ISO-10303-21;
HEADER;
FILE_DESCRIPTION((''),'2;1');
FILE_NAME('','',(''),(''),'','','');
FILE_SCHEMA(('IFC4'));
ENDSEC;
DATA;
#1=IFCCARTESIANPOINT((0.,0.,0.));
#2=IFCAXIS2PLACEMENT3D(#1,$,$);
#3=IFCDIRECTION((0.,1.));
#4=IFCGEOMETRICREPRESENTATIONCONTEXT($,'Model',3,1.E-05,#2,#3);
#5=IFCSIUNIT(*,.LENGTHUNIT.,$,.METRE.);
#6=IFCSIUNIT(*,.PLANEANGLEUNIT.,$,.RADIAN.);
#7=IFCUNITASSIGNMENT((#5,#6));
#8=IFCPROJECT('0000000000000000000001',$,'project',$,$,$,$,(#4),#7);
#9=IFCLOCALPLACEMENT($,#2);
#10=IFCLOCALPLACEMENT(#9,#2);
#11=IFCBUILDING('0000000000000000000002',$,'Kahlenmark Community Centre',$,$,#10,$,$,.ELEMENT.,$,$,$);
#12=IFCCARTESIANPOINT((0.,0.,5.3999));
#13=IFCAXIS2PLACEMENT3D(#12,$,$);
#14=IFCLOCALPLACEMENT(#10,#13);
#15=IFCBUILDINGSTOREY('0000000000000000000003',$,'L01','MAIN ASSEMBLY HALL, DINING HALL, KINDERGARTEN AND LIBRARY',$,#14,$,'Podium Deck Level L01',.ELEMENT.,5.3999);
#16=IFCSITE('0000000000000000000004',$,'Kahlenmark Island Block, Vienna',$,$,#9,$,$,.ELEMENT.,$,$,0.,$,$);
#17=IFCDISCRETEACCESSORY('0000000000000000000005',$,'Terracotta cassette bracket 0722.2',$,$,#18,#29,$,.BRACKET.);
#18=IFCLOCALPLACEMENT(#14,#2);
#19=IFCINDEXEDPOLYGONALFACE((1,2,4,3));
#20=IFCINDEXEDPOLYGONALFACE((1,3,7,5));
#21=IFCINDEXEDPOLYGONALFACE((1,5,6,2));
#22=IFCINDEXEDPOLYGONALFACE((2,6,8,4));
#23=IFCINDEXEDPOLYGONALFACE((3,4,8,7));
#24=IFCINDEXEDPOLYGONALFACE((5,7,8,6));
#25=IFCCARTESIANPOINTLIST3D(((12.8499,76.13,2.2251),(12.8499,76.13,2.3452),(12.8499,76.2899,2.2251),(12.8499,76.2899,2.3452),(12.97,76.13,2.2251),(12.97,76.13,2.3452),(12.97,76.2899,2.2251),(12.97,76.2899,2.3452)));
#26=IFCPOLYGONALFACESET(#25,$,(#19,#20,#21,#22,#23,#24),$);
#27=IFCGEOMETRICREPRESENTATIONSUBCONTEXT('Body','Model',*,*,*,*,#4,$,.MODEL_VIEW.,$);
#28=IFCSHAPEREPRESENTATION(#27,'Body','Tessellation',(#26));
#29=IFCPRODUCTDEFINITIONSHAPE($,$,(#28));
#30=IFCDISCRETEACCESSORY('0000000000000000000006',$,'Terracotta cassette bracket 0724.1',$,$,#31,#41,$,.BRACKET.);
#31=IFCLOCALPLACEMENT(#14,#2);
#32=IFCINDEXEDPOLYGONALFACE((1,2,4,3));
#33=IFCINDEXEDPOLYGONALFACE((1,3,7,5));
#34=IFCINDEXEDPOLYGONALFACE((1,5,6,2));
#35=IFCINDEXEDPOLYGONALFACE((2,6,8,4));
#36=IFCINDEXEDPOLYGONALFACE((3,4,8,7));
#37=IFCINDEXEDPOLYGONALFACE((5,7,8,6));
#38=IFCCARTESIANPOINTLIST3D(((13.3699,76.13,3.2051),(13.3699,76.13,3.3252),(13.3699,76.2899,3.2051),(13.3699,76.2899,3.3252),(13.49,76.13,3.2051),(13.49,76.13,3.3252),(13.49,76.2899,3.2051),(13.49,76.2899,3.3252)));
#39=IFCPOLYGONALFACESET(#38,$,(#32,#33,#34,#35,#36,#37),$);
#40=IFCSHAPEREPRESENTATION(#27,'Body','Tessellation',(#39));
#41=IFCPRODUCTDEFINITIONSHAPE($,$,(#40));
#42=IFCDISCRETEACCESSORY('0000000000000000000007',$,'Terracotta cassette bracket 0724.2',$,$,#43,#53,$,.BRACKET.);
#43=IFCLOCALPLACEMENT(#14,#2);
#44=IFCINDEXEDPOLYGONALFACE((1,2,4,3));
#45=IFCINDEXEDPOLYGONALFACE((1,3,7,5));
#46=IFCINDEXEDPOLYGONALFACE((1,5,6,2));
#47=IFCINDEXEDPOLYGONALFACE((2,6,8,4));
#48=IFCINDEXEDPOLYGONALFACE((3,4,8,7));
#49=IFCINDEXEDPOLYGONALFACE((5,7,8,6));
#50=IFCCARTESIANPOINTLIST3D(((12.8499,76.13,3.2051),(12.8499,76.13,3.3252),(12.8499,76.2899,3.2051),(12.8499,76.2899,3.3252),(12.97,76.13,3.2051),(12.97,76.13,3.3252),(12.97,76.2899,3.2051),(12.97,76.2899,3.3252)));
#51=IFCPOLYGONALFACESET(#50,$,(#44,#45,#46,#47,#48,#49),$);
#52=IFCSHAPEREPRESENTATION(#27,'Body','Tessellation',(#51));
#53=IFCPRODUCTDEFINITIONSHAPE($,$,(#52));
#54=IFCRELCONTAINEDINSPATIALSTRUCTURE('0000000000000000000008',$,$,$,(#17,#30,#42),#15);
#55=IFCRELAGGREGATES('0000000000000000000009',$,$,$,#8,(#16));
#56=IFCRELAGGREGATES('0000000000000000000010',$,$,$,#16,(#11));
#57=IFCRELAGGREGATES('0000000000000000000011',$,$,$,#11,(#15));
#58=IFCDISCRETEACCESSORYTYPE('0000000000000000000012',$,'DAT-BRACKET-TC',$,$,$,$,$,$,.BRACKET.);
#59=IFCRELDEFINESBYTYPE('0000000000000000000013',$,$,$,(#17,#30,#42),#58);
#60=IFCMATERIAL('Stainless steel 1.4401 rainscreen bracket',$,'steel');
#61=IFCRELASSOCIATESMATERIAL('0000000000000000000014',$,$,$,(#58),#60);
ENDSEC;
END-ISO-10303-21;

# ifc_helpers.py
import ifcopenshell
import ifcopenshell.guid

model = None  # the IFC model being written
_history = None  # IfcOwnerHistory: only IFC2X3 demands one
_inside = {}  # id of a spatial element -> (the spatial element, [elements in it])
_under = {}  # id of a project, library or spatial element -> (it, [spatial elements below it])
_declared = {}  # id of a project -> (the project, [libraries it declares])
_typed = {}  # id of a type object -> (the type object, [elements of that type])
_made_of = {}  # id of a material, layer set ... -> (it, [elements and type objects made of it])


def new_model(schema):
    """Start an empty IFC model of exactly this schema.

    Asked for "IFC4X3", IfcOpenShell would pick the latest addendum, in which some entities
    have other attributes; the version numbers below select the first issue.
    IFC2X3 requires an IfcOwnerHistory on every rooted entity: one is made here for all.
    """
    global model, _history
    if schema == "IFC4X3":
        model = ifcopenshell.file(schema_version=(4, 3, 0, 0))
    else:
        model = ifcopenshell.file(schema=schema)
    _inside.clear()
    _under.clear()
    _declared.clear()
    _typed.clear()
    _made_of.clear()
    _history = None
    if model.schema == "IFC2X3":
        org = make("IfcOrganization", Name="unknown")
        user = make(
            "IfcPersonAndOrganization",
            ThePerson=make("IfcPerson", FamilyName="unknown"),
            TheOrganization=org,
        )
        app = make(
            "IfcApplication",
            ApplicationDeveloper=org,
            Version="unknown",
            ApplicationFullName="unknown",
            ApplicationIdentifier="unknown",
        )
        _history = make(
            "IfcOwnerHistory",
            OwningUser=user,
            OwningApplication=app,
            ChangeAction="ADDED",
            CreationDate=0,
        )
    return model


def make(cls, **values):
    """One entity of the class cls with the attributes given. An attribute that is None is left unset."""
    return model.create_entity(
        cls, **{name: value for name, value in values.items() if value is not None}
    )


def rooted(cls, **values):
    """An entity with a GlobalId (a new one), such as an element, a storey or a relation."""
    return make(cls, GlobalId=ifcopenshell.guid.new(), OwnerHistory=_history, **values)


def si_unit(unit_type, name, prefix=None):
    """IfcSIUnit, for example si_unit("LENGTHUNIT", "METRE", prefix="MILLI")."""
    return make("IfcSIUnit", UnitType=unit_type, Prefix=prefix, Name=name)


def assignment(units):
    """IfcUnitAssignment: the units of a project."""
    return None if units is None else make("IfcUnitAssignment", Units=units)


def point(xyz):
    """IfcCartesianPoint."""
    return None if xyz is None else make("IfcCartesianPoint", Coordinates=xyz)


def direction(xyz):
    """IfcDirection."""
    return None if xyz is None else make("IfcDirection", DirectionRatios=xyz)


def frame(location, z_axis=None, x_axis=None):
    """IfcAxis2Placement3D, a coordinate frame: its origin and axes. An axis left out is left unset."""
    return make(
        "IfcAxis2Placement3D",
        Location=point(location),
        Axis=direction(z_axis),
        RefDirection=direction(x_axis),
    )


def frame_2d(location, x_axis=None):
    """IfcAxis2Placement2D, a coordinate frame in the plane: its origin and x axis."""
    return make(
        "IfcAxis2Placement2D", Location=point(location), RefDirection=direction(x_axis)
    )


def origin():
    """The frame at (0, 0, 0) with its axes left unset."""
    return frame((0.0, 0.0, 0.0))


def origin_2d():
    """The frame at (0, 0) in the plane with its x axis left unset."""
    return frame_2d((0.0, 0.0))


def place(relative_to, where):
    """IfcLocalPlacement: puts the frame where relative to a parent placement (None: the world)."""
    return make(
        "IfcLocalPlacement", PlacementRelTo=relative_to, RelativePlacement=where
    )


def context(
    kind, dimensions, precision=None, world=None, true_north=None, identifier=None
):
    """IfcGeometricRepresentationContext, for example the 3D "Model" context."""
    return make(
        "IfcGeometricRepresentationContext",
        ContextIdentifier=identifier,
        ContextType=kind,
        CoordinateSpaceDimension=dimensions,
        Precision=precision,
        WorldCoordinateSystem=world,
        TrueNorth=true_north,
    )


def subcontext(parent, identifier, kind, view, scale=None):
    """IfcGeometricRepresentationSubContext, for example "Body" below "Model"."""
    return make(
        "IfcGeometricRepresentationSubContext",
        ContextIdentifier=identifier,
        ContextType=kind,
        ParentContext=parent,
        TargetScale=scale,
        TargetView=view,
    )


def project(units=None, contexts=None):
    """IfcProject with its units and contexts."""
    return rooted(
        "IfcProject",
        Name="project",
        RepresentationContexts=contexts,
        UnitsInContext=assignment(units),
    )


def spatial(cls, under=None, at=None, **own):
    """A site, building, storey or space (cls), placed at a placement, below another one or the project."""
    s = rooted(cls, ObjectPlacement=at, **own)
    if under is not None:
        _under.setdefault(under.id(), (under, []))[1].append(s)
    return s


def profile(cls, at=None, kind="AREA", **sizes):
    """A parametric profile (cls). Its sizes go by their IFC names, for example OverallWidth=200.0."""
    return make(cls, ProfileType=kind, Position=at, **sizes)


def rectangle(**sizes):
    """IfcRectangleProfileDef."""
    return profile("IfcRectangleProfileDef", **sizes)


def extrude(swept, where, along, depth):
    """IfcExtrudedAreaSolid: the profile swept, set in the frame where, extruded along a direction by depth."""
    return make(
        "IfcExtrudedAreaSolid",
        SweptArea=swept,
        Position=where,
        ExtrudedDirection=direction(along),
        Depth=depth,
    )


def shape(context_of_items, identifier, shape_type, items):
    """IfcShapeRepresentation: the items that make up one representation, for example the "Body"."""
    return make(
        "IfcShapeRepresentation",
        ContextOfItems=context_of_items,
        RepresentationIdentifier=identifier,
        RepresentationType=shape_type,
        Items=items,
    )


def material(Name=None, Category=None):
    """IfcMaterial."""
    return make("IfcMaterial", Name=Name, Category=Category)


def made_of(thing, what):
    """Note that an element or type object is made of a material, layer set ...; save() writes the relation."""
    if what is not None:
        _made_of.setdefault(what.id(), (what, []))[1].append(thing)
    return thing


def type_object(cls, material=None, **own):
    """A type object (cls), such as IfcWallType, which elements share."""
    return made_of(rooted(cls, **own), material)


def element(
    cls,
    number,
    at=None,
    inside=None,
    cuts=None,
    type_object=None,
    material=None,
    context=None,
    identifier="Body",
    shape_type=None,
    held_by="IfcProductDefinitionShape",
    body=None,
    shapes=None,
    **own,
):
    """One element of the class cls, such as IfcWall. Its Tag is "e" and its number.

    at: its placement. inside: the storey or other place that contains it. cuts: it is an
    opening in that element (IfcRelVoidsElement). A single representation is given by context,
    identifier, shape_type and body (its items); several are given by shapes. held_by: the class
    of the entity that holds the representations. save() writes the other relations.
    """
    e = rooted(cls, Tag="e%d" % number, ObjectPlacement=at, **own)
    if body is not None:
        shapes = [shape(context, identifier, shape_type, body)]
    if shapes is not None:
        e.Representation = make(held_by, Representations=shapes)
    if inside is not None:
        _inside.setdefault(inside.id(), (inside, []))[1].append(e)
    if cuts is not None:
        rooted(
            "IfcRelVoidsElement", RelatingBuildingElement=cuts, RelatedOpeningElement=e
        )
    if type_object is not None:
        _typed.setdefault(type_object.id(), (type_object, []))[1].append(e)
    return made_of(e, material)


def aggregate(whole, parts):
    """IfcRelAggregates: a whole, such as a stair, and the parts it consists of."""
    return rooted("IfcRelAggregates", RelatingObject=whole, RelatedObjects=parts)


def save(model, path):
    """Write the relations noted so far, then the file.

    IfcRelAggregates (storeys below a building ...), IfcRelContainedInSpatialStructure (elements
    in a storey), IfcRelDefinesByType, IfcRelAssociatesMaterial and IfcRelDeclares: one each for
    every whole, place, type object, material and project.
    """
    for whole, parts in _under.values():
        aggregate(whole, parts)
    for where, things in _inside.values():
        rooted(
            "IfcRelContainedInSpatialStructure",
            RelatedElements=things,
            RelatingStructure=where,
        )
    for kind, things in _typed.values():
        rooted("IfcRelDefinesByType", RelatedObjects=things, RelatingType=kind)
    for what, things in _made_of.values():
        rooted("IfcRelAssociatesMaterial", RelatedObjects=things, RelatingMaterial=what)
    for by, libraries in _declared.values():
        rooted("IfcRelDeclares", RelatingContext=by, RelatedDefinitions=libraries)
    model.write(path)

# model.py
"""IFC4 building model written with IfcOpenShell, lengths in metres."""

from ifc_helpers import new_model, si_unit, direction, frame, origin, origin_2d, place, context, subcontext, project, spatial, rectangle, extrude, material, type_object, element, save


model = new_model("IFC4")

# Units and contexts
model_context = context("Model", 3, precision=1e-05, world=origin(), true_north=direction((0.0, 1.0)))
body_context = subcontext(model_context, "Body", "Model", "MODEL_VIEW")
ifc_project = project(units=[si_unit("LENGTHUNIT", "METRE"), si_unit("PLANEANGLEUNIT", "RADIAN")], contexts=[model_context])

# Site, building, storey
site_placement = place(None, origin())
site = spatial("IfcSite", under=ifc_project, at=site_placement, Name="Kahlenmark Island Block, Vienna", CompositionType="ELEMENT", RefElevation=0.0)
building_placement = place(site_placement, origin())
building = spatial("IfcBuilding", under=site, at=building_placement, Name="Kahlenmark Community Centre", CompositionType="ELEMENT")
storey_placement = place(building_placement, frame((0.0, 0.0, 5.3999)))
storey = spatial("IfcBuildingStorey", under=building, at=storey_placement, Name="L01", Description="MAIN ASSEMBLY HALL, DINING HALL, KINDERGARTEN AND LIBRARY", LongName="Podium Deck Level L01", CompositionType="ELEMENT", Elevation=5.3999)

# Discrete accessories
ifc_material_1 = material(Name="Stainless steel 1.4401 rainscreen bracket", Category="steel")
discrete_accessory_type = type_object("IfcDiscreteAccessoryType", Name="DAT-BRACKET-TC", PredefinedType="BRACKET", material=ifc_material_1)
for number, where, z_axis, x_axis, name in (
    (1, (12.9099, 76.21, 2.2251), (0.0, 0.0, 1.0), (-1.0, 0.0, 0.0), "Terracotta cassette bracket 0722.2"),
    (2, (13.4299, 76.21, 3.2051), (0.0, 0.0, 1.0), (-1.0, 0.0, 0.0), "Terracotta cassette bracket 0724.1"),
    (3, (12.9099, 76.21, 3.2051), (0.0, 0.0, 1.0), (-1.0, 0.0, 0.0), "Terracotta cassette bracket 0724.2"),
):
    element("IfcDiscreteAccessory", number, at=place(storey_placement, frame(where, z_axis=z_axis, x_axis=x_axis)), inside=storey, type_object=discrete_accessory_type, Name=name, PredefinedType="BRACKET", context=body_context, shape_type="SweptSolid", body=[
        extrude(rectangle(XDim=0.1201, YDim=0.1599, at=origin_2d()), origin(), (0.0, 0.0, 1.0), 0.1201),
    ])

save(model, "model.ifc")
